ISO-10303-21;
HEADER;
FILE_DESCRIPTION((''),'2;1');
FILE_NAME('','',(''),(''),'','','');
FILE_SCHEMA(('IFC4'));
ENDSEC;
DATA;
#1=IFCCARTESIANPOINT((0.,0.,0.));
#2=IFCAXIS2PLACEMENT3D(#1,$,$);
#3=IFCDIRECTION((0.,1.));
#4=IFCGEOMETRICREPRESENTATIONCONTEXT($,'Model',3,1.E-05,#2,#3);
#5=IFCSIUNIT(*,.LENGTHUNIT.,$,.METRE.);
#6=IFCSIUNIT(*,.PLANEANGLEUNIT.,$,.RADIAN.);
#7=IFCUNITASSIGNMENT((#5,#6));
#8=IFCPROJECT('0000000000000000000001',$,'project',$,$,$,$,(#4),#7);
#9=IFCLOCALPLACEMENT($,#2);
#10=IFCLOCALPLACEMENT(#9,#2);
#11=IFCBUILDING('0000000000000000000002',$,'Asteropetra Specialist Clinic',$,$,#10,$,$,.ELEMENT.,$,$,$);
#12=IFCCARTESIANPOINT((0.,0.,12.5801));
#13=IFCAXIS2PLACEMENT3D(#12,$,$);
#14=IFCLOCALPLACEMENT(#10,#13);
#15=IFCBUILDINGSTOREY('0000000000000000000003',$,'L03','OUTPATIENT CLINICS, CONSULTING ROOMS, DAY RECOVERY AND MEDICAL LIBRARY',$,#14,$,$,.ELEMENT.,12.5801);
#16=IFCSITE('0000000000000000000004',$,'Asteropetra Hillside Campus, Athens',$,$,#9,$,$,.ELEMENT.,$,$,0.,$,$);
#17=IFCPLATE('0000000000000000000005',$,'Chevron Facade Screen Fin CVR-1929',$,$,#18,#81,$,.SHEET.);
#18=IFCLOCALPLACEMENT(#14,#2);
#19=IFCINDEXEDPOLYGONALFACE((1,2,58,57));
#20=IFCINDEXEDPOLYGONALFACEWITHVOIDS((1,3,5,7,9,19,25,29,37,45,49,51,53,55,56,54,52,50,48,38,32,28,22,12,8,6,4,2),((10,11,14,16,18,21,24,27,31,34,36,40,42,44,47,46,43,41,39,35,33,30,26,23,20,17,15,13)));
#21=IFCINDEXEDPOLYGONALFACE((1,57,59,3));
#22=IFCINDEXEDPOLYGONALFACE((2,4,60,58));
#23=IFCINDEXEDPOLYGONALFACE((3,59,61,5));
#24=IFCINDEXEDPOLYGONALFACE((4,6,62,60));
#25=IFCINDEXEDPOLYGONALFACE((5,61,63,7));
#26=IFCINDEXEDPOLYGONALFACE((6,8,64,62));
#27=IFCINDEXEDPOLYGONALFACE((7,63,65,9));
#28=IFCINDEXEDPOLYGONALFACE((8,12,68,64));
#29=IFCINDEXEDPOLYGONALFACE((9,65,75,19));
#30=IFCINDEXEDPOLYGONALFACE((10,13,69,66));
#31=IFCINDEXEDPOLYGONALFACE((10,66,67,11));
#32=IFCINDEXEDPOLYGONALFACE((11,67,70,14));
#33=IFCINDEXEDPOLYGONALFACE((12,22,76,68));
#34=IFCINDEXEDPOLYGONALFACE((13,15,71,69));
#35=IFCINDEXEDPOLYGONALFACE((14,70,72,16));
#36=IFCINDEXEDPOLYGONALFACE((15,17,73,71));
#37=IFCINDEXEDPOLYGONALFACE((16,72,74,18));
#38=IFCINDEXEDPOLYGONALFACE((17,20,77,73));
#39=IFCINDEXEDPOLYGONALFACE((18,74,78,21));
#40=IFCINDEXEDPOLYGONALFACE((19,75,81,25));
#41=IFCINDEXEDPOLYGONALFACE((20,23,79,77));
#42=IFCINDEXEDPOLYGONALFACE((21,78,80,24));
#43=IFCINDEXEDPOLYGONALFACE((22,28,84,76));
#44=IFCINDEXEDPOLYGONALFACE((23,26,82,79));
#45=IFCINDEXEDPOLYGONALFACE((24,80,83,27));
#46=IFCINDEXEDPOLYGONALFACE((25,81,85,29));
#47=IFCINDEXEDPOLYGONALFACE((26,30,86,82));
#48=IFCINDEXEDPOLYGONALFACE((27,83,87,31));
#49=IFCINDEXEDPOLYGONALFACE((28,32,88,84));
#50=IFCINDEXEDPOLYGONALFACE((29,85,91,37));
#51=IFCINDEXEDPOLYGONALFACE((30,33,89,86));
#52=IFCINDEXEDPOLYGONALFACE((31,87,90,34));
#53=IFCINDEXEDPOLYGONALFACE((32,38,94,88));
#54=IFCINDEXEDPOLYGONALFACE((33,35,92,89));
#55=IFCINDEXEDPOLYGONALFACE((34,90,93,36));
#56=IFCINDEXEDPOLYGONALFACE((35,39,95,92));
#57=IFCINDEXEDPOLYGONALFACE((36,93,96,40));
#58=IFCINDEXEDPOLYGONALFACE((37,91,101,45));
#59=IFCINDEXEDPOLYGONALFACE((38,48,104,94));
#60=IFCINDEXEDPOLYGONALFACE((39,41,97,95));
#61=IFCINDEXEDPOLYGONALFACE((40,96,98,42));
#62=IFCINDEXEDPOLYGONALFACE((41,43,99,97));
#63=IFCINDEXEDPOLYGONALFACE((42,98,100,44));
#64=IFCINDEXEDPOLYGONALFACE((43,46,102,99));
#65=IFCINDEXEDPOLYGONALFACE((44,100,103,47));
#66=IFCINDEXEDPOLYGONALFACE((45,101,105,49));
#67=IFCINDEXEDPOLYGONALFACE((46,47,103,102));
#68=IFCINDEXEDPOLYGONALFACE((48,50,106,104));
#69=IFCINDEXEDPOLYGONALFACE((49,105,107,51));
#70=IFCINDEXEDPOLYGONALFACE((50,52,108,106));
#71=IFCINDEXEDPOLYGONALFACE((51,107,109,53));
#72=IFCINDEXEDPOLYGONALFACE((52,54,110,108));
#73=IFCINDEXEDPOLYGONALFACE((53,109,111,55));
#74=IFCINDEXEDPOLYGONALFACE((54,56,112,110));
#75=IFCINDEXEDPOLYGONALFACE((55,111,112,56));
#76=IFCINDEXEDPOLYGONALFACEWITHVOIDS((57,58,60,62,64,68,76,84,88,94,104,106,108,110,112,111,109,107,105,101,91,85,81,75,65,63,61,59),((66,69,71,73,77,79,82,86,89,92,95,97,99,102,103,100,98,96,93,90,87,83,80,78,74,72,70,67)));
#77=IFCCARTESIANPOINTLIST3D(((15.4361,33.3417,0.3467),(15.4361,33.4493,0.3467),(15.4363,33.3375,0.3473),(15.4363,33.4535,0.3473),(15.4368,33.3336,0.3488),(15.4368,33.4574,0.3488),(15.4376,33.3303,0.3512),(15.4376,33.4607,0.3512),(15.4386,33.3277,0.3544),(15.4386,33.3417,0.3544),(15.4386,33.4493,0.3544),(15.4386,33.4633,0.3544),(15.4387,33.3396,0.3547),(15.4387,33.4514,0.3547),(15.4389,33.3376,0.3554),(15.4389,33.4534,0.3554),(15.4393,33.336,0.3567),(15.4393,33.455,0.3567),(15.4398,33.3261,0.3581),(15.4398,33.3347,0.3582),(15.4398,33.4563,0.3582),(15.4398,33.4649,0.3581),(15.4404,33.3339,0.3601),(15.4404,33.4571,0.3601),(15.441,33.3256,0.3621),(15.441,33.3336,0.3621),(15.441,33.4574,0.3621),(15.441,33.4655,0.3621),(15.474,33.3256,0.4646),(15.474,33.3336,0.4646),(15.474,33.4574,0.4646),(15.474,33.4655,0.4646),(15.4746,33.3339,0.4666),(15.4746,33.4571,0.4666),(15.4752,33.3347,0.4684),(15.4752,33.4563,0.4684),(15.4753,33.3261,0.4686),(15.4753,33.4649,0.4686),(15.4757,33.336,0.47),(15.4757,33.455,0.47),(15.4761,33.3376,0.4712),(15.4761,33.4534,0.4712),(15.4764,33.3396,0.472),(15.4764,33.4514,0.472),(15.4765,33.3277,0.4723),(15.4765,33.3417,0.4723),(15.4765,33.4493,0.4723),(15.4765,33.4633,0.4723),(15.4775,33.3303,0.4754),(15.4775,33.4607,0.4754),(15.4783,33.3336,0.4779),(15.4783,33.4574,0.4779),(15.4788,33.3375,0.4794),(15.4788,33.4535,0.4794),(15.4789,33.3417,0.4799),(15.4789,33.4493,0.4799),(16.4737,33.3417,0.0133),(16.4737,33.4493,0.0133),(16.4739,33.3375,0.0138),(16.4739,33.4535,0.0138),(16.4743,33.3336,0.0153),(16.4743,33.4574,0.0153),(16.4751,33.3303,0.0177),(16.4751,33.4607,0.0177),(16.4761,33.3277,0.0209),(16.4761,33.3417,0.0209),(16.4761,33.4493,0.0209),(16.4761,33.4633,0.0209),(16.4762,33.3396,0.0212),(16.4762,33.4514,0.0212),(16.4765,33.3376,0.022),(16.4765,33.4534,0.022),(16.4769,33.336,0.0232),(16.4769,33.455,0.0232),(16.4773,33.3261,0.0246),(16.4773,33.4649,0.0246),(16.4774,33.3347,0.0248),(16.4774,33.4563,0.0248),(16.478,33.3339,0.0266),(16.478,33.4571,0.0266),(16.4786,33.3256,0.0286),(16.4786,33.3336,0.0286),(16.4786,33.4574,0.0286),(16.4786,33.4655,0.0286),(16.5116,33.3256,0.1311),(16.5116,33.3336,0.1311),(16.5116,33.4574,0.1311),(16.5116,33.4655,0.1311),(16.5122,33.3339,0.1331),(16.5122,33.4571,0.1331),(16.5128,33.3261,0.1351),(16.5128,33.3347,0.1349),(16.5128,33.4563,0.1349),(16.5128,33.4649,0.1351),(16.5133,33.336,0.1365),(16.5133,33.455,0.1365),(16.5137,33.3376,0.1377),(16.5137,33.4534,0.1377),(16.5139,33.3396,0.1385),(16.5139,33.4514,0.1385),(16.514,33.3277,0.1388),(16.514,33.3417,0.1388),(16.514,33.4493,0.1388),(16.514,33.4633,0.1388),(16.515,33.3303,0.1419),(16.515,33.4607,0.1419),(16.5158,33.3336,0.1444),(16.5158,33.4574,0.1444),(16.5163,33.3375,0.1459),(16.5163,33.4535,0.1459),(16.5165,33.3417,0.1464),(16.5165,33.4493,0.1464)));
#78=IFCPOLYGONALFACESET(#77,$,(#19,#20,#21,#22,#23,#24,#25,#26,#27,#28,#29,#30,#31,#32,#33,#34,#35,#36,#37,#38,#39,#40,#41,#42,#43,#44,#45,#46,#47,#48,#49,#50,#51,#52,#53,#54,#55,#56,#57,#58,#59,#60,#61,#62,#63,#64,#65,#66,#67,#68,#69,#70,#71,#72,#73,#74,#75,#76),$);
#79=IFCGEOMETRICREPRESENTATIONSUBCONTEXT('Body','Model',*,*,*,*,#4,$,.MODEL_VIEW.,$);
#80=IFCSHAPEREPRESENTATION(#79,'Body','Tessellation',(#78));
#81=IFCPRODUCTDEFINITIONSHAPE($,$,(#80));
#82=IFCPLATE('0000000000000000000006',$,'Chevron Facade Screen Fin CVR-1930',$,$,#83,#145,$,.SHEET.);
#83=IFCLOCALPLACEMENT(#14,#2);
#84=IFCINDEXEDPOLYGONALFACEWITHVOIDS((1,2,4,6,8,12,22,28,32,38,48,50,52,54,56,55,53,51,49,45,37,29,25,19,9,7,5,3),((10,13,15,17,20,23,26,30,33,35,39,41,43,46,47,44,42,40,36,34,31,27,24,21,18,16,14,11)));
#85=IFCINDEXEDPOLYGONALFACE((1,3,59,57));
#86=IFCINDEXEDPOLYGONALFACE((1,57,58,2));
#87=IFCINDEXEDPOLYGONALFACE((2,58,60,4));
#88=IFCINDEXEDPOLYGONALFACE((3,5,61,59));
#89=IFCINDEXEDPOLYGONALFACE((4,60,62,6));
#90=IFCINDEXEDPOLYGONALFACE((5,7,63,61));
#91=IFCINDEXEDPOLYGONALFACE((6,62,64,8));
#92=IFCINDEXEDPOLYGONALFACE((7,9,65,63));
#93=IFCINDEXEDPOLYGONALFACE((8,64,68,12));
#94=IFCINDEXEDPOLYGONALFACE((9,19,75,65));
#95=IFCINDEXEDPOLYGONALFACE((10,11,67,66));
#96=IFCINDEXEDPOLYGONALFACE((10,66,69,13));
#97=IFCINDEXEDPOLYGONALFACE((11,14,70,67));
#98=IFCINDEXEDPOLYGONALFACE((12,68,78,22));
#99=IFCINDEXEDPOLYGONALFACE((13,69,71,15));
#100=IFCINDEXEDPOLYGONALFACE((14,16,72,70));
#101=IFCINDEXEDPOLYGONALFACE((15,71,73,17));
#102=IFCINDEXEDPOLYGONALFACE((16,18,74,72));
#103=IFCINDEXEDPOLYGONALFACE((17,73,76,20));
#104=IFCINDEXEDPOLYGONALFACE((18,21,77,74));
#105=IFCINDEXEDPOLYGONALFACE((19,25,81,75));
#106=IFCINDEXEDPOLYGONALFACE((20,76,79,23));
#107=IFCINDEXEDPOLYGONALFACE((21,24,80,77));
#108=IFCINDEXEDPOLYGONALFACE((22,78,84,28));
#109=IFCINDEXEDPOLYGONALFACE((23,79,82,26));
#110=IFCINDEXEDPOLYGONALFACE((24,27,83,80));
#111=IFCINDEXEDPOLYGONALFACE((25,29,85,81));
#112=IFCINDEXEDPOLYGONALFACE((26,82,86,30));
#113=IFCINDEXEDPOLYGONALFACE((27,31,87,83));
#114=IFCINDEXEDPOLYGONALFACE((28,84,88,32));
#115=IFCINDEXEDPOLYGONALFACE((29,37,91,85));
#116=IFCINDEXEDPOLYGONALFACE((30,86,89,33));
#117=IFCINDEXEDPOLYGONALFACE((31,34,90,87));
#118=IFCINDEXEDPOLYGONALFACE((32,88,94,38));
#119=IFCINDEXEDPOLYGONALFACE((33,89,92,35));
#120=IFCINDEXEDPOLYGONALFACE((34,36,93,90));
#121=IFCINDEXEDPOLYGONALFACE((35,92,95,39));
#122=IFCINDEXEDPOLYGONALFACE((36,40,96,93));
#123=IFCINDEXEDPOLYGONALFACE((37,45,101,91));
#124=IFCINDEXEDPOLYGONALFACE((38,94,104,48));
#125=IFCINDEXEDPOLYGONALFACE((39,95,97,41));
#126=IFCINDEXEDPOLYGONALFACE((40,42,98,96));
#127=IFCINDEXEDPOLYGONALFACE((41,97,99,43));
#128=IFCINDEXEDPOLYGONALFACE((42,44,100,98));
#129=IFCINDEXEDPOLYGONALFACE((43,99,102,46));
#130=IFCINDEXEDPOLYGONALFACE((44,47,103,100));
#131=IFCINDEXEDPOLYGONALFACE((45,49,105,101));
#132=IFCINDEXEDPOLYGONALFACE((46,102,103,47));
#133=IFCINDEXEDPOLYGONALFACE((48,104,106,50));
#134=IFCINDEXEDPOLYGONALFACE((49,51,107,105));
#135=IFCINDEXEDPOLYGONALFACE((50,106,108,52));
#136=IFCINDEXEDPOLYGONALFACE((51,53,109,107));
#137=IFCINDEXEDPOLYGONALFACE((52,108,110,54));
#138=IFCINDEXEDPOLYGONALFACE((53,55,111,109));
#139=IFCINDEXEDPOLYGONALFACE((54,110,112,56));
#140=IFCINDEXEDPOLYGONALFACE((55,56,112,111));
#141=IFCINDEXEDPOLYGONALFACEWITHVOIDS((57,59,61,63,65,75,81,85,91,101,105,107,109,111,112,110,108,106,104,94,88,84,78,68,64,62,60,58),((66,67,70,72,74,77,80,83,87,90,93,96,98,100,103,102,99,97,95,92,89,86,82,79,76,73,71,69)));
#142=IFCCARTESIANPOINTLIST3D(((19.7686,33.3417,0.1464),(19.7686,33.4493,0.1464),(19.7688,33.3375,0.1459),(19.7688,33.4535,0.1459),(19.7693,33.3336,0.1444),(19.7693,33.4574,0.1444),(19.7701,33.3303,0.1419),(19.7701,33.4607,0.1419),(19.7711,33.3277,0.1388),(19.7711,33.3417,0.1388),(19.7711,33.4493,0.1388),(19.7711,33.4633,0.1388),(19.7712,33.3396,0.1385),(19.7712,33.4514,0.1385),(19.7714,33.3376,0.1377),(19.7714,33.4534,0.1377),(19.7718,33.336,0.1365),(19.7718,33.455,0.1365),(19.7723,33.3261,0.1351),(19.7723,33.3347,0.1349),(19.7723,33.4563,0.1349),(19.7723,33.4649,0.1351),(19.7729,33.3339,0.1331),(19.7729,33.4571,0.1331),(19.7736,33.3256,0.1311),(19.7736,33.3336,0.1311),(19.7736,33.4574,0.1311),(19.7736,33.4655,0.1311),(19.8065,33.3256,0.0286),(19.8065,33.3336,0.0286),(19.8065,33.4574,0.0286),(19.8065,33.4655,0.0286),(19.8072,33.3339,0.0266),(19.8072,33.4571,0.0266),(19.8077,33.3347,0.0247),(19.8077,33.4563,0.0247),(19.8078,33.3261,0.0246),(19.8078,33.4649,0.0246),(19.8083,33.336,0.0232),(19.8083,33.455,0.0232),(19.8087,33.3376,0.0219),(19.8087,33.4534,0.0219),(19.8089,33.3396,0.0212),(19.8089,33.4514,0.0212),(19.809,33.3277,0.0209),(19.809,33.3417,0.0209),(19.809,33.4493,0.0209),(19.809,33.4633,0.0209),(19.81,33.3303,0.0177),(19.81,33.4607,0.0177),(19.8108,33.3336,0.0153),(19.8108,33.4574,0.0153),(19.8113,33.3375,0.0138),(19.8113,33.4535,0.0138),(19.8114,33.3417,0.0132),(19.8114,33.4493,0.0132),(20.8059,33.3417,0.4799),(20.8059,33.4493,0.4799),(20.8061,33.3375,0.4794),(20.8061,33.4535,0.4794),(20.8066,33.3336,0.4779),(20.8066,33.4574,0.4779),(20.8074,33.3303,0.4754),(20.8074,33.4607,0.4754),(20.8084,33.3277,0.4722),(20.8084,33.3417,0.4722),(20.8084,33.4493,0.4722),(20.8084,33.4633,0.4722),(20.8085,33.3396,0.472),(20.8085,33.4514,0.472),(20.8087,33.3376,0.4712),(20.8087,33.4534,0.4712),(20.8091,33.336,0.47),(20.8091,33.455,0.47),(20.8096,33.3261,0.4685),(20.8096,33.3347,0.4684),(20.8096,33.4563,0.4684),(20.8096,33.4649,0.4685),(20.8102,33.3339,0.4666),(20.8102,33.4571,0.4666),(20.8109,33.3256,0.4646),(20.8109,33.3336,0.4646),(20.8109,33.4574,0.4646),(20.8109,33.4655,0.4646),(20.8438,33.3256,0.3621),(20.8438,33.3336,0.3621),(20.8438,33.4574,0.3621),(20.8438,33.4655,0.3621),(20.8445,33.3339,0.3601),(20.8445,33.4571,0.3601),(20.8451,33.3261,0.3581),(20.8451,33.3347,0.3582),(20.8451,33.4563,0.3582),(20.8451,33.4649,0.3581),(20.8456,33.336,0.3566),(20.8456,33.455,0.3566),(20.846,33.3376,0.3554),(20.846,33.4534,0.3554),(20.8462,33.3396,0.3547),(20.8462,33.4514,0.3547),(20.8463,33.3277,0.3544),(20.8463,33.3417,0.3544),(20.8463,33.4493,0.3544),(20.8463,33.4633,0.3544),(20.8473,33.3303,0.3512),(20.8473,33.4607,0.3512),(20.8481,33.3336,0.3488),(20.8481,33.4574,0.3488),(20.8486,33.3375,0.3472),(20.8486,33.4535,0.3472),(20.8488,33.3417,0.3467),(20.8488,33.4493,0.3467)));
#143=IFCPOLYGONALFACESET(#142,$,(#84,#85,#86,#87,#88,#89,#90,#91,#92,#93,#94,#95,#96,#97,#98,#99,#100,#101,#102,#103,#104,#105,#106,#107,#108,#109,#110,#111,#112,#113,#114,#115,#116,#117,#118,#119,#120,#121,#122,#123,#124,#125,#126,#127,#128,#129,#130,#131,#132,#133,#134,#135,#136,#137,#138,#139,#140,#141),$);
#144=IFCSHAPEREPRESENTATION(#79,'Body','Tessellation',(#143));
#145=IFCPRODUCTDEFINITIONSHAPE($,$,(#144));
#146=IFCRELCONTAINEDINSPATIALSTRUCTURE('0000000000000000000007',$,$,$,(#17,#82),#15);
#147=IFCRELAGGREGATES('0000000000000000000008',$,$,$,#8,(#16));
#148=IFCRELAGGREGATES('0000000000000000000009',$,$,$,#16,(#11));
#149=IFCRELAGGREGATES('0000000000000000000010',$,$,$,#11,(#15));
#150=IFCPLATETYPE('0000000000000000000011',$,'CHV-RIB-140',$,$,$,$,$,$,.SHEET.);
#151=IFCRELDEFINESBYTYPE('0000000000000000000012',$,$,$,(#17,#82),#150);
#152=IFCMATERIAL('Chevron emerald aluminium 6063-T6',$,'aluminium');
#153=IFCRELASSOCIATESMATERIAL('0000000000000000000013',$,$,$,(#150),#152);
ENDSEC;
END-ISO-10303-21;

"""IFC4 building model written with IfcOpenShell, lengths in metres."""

from ifc_helpers import new_model, si_unit, direction, frame, origin, origin_2d, place, context, subcontext, project, spatial, hollow_rectangle, extrude, material, material_profile, profile_set, type_object, element, save


model = new_model("IFC4")

# Units and contexts
model_context = context("Model", 3, precision=1e-05, world=origin(), true_north=direction((0.0, 1.0)))
body_context = subcontext(model_context, "Body", "Model", "MODEL_VIEW")
ifc_project = project(units=[si_unit("LENGTHUNIT", "METRE"), si_unit("PLANEANGLEUNIT", "RADIAN")], contexts=[model_context])

# Site, building, storey
site_placement = place(None, origin())
site = spatial("IfcSite", under=ifc_project, at=site_placement, Name="Asteropetra Hillside Campus, Athens", CompositionType="ELEMENT", RefElevation=0.0)
building_placement = place(site_placement, origin())
building = spatial("IfcBuilding", under=site, at=building_placement, Name="Asteropetra Specialist Clinic", CompositionType="ELEMENT")
storey_placement = place(building_placement, frame((0.0, 0.0, 12.5801)))
storey = spatial("IfcBuildingStorey", under=building, at=storey_placement, Name="L03", Description="OUTPATIENT CLINICS, CONSULTING ROOMS, DAY RECOVERY AND MEDICAL LIBRARY", CompositionType="ELEMENT", Elevation=12.5801)

# Plates
ifc_material_1 = material(Name="Chevron emerald aluminium 6063-T6", Category="aluminium")
ifc_material_profile_1 = material_profile(ifc_material_1, hollow_rectangle(XDim=0.1399, YDim=0.1399, WallThickness=0.0081, InnerFilletRadius=0.0081, OuterFilletRadius=0.0161, at=origin_2d()), Name="SHS 140x140x8.0")
ifc_profile_set_1 = profile_set([ifc_material_profile_1], Name="Chevron emerald aluminium 6063-T6")
plate_type = type_object("IfcPlateType", Name="CHV-RIB-140", PredefinedType="SHEET", material=ifc_profile_set_1)
for number, where, z_axis, x_axis, name in (
    (1, (15.4575, 33.3955, 0.4133), (0.952033, 0.0, -0.305995), (0.0, 1.0, 0.0), "Chevron Facade Screen Fin CVR-1929"),
):
    element("IfcPlate", number, at=place(storey_placement, frame(where, z_axis=z_axis, x_axis=x_axis)), inside=storey, type_object=plate_type, Name=name, PredefinedType="SHEET", context=body_context, shape_type="SweptSolid", body=[
        extrude(hollow_rectangle(XDim=0.1399, YDim=0.1399, WallThickness=0.0081, InnerFilletRadius=0.0081, OuterFilletRadius=0.0161, at=origin_2d()), origin(), (0.0, 0.0, 1.0), 1.0898),
    ])
plate_1_placement = place(storey_placement, frame((19.79, 33.3955, 0.0798), z_axis=(0.952012, 0.0, 0.30606), x_axis=(0.0, 1.0, 0.0)))
element("IfcPlate", 2, at=plate_1_placement, inside=storey, type_object=plate_type, Name="Chevron Facade Screen Fin CVR-1930", PredefinedType="SHEET", context=body_context, shape_type="SweptSolid", body=[
    extrude(hollow_rectangle(XDim=0.1399, YDim=0.1399, WallThickness=0.0081, InnerFilletRadius=0.0081, OuterFilletRadius=0.0161, at=origin_2d()), origin(), (0.0, 0.0, 1.0), 1.0896),
])

save(model, "model.ifc")
